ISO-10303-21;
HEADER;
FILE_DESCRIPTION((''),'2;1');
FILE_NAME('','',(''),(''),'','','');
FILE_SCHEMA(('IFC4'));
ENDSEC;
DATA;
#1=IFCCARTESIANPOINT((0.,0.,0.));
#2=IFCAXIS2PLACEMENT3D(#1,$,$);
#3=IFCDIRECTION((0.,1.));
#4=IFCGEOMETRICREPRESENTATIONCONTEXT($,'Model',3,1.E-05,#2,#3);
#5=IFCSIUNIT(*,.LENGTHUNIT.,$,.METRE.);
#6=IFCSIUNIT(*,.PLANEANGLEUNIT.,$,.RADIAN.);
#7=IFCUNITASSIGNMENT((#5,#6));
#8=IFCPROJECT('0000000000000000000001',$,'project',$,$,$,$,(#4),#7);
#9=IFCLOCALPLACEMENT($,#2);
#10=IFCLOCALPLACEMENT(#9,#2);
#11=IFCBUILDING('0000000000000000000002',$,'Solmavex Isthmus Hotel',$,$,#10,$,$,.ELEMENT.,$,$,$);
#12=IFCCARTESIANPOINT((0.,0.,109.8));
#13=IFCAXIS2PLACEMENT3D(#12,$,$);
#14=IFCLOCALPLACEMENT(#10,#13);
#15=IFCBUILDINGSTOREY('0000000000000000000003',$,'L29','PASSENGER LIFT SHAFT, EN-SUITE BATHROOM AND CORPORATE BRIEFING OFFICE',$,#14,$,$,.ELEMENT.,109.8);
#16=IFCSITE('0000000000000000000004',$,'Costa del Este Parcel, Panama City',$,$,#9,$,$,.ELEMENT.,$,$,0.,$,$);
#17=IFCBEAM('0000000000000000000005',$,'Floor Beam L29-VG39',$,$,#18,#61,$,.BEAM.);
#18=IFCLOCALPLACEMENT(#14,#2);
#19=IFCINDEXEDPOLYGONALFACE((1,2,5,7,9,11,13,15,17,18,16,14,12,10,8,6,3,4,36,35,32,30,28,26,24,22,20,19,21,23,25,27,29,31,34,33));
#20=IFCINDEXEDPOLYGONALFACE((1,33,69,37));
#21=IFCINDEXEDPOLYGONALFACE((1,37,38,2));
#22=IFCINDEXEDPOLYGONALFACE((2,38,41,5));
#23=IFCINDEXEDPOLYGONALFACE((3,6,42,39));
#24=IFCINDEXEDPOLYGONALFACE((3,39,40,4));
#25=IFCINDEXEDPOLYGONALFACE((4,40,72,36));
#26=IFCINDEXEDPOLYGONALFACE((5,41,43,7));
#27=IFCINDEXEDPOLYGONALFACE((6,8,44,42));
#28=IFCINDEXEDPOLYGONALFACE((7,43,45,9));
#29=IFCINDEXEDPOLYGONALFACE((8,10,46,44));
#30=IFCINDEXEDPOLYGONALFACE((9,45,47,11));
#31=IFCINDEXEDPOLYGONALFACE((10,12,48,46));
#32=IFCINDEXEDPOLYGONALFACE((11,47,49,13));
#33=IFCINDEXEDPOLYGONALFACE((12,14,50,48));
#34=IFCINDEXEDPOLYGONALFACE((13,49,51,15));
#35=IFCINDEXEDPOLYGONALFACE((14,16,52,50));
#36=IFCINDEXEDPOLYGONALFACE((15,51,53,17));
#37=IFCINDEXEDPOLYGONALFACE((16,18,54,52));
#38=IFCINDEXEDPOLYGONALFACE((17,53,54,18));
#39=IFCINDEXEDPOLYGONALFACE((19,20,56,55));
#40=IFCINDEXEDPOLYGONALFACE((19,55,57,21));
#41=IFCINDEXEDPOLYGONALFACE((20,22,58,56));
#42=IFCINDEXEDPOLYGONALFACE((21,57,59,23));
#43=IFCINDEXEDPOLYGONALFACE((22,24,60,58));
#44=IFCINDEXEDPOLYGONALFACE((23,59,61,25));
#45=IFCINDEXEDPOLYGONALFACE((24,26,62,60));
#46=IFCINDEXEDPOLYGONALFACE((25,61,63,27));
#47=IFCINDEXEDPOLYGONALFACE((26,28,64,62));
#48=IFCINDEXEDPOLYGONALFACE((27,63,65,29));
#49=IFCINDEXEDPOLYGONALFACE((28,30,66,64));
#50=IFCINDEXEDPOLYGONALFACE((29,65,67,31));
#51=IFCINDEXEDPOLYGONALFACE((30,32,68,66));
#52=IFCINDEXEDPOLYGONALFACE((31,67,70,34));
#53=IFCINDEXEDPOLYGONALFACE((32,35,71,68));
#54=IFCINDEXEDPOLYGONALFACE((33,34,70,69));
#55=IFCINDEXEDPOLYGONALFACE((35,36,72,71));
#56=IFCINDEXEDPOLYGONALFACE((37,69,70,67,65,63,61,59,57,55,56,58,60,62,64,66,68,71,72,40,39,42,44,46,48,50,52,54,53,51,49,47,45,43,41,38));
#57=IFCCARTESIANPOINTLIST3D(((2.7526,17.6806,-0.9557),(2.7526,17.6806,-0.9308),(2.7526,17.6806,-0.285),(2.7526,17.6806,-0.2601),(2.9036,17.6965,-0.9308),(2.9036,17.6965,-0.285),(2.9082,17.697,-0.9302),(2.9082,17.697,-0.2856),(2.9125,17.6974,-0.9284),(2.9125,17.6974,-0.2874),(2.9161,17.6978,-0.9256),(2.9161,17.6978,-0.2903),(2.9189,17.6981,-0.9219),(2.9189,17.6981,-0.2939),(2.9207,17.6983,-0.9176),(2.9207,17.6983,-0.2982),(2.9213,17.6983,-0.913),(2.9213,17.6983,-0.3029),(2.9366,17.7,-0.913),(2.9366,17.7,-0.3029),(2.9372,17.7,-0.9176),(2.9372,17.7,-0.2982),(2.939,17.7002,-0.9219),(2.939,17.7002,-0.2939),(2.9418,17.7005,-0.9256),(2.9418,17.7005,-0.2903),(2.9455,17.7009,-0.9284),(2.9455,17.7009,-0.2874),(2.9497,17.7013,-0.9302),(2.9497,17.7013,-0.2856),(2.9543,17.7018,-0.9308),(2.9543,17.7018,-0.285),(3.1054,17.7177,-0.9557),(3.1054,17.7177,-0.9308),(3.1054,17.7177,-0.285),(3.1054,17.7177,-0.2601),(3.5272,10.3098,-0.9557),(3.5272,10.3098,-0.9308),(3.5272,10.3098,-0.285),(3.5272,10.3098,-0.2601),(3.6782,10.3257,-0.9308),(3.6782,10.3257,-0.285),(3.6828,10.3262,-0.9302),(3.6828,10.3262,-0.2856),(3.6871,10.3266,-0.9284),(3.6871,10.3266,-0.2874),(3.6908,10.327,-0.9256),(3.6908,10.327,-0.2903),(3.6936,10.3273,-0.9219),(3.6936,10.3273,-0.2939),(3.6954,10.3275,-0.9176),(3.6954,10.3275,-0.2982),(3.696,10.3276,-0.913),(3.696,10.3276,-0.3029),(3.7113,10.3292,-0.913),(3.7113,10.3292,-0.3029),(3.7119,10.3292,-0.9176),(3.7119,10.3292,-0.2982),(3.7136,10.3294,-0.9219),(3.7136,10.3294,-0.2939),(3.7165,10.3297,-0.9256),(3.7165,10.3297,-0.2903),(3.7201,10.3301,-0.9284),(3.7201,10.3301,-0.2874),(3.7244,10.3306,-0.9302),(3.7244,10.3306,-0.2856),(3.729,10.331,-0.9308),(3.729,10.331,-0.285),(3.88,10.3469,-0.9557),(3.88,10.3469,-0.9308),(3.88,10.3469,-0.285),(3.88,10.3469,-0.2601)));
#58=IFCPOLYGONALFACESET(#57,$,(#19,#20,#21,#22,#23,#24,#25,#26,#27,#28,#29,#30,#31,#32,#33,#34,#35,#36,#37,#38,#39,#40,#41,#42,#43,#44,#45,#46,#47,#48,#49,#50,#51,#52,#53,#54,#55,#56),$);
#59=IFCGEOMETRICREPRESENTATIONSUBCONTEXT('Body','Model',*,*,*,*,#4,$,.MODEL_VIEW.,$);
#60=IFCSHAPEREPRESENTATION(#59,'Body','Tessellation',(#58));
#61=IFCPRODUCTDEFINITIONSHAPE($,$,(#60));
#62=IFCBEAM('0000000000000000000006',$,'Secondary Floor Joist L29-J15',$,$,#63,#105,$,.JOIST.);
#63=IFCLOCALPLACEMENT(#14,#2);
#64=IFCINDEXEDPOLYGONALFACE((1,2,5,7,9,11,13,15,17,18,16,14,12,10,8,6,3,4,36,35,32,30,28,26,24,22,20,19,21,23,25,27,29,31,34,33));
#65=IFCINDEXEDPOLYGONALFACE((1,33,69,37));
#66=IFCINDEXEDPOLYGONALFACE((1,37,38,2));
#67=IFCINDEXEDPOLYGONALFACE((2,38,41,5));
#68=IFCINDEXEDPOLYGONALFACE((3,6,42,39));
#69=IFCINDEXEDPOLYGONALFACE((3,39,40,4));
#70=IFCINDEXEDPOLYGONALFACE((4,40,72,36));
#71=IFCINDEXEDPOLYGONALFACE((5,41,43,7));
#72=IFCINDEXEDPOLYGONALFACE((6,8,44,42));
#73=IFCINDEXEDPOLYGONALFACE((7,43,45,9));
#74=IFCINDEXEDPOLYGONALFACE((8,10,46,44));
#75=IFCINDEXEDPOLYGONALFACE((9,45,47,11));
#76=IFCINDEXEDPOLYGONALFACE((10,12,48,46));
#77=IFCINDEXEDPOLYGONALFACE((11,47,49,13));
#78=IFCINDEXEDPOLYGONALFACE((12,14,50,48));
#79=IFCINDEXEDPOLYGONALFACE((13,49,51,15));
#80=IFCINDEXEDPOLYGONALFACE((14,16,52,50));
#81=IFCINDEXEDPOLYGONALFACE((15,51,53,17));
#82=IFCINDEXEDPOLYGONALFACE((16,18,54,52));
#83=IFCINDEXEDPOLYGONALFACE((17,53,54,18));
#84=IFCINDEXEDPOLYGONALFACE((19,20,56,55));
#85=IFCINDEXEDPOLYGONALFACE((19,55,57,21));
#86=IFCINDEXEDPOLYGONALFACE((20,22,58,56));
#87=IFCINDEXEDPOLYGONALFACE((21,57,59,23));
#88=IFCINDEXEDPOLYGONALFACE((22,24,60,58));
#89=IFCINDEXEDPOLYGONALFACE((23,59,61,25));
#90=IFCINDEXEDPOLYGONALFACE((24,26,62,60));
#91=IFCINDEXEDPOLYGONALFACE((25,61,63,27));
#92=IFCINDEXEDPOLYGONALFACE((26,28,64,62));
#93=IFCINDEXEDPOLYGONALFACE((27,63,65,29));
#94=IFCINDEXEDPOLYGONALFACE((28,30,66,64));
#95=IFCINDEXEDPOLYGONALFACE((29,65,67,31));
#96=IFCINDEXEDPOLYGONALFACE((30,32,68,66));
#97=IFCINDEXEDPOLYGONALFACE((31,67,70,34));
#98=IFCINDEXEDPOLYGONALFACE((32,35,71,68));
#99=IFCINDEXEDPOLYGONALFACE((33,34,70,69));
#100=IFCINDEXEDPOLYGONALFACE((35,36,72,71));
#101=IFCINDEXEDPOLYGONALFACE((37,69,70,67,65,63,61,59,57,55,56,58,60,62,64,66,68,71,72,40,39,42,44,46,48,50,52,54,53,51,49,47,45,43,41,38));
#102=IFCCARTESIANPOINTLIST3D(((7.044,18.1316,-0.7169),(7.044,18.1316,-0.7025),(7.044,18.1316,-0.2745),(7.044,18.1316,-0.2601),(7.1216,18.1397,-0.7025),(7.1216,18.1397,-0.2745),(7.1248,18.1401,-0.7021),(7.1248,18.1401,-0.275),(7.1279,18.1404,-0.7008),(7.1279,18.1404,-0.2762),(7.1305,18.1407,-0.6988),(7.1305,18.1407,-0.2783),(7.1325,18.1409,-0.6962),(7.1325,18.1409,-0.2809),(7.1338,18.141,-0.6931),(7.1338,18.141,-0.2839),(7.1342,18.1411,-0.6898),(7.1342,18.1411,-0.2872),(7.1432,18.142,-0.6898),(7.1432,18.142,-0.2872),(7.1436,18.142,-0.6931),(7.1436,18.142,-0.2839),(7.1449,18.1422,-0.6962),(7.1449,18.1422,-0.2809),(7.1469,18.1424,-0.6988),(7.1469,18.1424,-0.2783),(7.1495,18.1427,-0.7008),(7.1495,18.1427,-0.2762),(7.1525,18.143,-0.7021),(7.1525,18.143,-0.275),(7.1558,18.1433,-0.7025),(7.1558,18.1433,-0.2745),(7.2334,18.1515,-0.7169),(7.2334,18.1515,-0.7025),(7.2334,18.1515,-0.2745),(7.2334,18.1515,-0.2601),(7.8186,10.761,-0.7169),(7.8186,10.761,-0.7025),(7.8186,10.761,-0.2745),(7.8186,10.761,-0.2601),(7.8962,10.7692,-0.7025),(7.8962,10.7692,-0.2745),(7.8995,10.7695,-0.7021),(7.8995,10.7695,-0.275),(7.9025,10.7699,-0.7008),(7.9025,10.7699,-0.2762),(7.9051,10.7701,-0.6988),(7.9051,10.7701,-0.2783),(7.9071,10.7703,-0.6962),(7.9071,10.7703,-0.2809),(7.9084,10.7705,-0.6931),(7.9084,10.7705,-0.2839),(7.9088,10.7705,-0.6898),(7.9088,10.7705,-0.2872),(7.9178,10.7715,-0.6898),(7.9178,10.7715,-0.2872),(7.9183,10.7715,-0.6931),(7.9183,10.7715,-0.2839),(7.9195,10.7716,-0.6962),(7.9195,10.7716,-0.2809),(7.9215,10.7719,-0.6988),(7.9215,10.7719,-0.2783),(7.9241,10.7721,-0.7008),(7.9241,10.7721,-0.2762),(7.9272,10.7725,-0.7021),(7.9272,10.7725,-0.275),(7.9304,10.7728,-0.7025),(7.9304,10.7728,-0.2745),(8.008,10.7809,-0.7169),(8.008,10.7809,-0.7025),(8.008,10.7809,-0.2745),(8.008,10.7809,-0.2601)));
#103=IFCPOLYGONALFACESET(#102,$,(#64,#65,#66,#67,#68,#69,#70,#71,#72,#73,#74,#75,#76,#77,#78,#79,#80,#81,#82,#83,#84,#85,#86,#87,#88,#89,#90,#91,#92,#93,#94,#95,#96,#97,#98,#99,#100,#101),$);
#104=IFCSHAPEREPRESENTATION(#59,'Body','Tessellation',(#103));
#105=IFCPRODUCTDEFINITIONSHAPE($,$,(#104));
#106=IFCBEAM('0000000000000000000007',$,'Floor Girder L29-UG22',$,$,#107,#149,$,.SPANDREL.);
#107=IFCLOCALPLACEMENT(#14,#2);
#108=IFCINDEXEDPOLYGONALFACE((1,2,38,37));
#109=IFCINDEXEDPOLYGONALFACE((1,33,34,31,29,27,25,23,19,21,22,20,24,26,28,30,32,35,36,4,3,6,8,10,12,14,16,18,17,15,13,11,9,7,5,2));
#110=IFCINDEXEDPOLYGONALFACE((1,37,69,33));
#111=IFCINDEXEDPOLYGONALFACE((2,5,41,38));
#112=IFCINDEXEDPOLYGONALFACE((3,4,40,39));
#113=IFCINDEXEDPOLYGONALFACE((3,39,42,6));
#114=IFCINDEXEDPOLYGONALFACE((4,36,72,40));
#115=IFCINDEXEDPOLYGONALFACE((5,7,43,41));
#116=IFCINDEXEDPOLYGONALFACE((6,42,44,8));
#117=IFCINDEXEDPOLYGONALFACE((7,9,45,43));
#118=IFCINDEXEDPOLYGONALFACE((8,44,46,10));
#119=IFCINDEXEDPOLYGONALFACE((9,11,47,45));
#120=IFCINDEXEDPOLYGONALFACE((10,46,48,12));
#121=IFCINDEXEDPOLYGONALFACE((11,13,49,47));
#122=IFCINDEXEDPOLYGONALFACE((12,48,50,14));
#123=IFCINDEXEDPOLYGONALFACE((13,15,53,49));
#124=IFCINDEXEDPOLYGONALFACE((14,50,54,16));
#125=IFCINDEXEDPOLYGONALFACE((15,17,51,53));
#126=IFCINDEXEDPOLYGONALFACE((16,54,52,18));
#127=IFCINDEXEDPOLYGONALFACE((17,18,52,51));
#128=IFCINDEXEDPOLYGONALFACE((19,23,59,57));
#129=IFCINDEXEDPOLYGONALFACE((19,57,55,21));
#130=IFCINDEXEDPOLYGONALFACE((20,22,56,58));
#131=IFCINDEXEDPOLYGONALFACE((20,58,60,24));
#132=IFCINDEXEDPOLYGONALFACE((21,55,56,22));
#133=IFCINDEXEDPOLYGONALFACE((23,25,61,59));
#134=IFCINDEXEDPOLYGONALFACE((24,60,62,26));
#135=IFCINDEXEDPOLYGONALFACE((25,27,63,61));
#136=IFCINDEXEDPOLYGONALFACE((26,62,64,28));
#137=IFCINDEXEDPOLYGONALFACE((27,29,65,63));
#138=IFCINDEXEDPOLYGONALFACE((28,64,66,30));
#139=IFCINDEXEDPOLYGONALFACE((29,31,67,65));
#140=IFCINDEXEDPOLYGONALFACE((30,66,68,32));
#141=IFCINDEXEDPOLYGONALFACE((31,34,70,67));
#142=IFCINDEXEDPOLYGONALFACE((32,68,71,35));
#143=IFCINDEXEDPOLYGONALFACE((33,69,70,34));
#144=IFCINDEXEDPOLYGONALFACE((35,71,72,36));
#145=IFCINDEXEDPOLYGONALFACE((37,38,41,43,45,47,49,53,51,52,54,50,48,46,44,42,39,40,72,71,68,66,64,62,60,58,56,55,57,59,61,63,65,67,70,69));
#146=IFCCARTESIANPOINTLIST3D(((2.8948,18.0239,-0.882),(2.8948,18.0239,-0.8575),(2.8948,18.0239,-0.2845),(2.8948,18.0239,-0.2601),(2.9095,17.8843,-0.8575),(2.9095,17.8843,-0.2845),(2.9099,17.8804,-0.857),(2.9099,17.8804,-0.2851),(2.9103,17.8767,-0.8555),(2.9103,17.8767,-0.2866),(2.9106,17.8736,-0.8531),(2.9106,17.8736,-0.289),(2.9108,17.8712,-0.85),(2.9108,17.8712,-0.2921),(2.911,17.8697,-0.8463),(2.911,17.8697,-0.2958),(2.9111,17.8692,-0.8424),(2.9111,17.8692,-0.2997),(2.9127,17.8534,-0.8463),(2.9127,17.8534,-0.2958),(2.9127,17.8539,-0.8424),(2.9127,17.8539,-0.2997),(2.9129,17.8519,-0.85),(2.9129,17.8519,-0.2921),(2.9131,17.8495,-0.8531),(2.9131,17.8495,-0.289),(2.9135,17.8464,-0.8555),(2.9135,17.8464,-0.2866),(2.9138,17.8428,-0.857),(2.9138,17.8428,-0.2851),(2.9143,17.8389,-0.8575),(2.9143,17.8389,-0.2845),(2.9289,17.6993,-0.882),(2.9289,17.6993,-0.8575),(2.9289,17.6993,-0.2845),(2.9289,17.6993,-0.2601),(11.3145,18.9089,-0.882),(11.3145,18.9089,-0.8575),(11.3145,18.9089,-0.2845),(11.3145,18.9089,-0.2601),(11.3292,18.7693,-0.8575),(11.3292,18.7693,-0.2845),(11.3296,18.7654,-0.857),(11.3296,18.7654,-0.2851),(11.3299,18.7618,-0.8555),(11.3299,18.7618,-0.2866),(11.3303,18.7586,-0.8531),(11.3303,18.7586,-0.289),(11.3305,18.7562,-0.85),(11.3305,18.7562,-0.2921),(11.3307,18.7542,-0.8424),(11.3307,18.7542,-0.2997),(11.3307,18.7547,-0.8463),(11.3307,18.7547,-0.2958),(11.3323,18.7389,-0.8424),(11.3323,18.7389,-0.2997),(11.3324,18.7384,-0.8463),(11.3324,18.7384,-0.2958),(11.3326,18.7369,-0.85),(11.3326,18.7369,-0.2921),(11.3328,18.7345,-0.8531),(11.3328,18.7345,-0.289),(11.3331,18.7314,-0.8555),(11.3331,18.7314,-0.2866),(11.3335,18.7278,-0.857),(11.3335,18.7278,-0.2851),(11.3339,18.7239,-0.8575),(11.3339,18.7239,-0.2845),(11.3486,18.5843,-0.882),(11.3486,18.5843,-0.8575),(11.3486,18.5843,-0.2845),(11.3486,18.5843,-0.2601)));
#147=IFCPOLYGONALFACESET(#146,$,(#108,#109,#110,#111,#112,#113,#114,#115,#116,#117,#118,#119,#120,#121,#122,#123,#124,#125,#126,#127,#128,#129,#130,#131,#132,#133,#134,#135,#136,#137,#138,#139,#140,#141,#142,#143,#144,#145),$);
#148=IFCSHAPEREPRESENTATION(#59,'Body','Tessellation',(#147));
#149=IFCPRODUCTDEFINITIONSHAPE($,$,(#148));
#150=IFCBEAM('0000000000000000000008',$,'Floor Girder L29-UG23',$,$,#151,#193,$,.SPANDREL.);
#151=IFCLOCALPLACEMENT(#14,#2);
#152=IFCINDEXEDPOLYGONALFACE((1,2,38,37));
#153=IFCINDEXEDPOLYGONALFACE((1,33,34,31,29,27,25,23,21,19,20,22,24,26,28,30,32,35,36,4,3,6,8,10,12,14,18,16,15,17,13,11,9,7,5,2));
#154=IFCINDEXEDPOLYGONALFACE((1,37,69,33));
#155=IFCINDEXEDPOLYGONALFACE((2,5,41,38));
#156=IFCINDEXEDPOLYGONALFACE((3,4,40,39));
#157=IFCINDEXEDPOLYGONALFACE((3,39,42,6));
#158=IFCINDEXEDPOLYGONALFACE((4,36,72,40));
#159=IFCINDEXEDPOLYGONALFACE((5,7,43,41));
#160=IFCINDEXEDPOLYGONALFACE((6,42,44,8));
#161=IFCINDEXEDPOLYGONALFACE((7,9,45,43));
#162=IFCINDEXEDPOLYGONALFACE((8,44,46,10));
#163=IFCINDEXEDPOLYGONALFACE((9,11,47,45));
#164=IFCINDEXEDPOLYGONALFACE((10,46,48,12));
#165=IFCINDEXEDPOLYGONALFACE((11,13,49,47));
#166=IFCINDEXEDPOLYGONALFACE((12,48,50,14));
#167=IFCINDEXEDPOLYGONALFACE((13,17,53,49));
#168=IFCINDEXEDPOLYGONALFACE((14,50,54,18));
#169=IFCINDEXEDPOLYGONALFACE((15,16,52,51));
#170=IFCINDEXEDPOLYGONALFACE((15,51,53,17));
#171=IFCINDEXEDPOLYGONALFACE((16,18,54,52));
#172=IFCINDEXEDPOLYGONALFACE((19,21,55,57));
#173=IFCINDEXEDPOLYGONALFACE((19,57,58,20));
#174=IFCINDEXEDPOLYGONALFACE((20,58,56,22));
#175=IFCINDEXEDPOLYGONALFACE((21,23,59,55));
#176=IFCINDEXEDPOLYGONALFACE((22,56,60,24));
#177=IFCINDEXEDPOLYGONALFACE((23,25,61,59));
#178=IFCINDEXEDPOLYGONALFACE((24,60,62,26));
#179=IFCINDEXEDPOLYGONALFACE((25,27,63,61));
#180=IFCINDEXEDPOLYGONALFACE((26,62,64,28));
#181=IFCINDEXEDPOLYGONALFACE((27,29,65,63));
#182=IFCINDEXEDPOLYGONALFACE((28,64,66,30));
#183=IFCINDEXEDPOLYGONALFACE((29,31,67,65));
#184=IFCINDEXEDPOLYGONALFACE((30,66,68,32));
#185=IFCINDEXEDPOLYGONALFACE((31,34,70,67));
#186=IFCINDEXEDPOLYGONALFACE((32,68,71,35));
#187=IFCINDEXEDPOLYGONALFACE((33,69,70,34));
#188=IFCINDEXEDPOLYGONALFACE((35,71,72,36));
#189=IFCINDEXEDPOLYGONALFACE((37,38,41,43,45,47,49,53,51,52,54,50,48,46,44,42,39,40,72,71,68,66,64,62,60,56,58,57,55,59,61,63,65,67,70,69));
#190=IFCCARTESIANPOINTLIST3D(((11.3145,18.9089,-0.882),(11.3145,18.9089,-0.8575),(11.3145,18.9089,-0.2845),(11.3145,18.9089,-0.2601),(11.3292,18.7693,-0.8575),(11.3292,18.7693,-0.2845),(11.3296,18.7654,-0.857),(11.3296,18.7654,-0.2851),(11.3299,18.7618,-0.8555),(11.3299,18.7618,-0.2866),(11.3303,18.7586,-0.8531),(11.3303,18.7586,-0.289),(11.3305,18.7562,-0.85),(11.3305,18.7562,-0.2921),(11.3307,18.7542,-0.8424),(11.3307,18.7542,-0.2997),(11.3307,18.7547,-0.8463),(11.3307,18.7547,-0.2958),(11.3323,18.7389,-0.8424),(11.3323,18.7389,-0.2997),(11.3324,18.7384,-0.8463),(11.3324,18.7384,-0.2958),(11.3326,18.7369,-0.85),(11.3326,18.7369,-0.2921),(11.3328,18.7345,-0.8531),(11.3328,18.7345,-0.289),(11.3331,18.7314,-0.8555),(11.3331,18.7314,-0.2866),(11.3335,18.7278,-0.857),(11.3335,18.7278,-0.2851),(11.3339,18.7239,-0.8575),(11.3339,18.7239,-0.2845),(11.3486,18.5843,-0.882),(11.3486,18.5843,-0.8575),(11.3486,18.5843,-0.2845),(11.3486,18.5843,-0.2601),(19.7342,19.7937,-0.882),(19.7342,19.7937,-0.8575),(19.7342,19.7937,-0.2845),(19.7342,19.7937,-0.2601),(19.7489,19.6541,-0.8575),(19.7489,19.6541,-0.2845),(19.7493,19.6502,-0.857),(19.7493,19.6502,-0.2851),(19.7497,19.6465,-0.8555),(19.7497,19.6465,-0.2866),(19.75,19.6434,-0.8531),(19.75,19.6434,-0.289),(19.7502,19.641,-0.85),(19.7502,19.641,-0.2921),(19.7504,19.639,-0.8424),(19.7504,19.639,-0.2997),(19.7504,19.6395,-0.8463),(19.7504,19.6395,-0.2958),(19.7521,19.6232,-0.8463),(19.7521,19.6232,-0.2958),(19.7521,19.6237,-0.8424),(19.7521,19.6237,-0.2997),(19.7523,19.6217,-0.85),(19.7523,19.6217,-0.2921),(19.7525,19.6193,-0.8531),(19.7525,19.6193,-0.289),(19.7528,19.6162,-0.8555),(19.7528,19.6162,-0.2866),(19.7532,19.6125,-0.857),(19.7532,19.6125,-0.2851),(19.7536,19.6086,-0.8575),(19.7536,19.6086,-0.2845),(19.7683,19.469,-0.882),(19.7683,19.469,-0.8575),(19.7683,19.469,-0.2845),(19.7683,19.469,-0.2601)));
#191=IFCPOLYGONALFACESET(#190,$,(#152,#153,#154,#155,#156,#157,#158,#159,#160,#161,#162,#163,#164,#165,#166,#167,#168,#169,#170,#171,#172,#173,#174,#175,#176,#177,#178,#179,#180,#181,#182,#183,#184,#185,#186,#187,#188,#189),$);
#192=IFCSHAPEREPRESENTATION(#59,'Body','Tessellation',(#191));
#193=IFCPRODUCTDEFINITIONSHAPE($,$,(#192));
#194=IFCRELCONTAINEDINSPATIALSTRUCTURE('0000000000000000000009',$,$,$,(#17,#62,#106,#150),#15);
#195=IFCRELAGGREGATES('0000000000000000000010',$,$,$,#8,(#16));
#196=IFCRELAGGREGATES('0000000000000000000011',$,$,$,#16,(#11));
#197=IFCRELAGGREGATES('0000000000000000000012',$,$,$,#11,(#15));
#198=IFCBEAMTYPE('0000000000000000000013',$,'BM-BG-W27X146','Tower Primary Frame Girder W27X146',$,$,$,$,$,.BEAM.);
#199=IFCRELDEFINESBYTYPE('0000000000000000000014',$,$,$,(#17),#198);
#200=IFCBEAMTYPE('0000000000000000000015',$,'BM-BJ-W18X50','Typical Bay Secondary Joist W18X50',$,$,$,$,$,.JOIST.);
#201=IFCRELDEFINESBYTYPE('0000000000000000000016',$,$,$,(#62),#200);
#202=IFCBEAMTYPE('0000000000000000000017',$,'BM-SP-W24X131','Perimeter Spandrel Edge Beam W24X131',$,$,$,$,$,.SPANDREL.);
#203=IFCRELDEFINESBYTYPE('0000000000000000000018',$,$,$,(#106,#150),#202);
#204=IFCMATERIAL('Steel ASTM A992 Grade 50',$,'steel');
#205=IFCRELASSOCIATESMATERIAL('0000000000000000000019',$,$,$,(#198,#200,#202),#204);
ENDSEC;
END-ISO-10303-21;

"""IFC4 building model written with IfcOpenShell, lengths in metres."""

from ifc_helpers import new_model, si_unit, direction, frame, origin, origin_2d, place, context, subcontext, project, spatial, i_section, extrude, material, material_profile, profile_set, type_object, element, save


model = new_model("IFC4")

# Units and contexts
model_context = context("Model", 3, precision=1e-05, world=origin(), true_north=direction((0.0, 1.0)))
body_context = subcontext(model_context, "Body", "Model", "MODEL_VIEW")
ifc_project = project(units=[si_unit("LENGTHUNIT", "METRE"), si_unit("PLANEANGLEUNIT", "RADIAN")], contexts=[model_context])

# Site, building, storey
site_placement = place(None, origin())
site = spatial("IfcSite", under=ifc_project, at=site_placement, Name="Costa del Este Parcel, Panama City", CompositionType="ELEMENT", RefElevation=0.0)
building_placement = place(site_placement, origin())
building = spatial("IfcBuilding", under=site, at=building_placement, Name="Solmavex Isthmus Hotel", CompositionType="ELEMENT")
storey_placement = place(building_placement, frame((0.0, 0.0, 109.8)))
storey = spatial("IfcBuildingStorey", under=building, at=storey_placement, Name="L29", Description="PASSENGER LIFT SHAFT, EN-SUITE BATHROOM AND CORPORATE BRIEFING OFFICE", CompositionType="ELEMENT", Elevation=109.8)

# Beams
ifc_material_1 = material(Name="Steel ASTM A992 Grade 50", Category="steel")
ifc_material_profile_1 = material_profile(ifc_material_1, i_section(OverallWidth=0.3547, OverallDepth=0.6956, WebThickness=0.0154, FlangeThickness=0.0249, FilletRadius=0.0178, at=origin_2d()), Name="W27X146")
ifc_profile_set_1 = profile_set([ifc_material_profile_1], Name="Steel ASTM A992 Grade 50")
beam_type_1 = type_object("IfcBeamType", Name="BM-BG-W27X146", Description="Tower Primary Frame Girder W27X146", PredefinedType="BEAM", material=ifc_profile_set_1)
beam_1_placement = place(storey_placement, frame((3.7036, 10.3284, -0.6079), z_axis=(-0.104522, 0.994523, 0.0), x_axis=(-0.994523, -0.104522, 0.0)))
element("IfcBeam", 1, at=beam_1_placement, inside=storey, type_object=beam_type_1, Name="Floor Beam L29-VG39", PredefinedType="BEAM", context=body_context, shape_type="SweptSolid", body=[
    extrude(i_section(OverallWidth=0.3547, OverallDepth=0.6956, WebThickness=0.0154, FlangeThickness=0.0249, FilletRadius=0.0178, at=origin_2d()), origin(), (0.0, 0.0, 1.0), 7.4114),
])
ifc_material_profile_2 = material_profile(ifc_material_1, i_section(OverallWidth=0.1904, OverallDepth=0.4568, WebThickness=0.009, FlangeThickness=0.0144, FilletRadius=0.0127, at=origin_2d()), Name="W18X50")
ifc_profile_set_2 = profile_set([ifc_material_profile_2], Name="Steel ASTM A992 Grade 50")
beam_type_2 = type_object("IfcBeamType", Name="BM-BJ-W18X50", Description="Typical Bay Secondary Joist W18X50", PredefinedType="JOIST", material=ifc_profile_set_2)
beam_2_placement = place(storey_placement, frame((7.9133, 10.771, -0.4885), z_axis=(-0.104525, 0.994522, 0.0), x_axis=(-0.994522, -0.104525, 0.0)))
element("IfcBeam", 2, at=beam_2_placement, inside=storey, type_object=beam_type_2, Name="Secondary Floor Joist L29-J15", PredefinedType="JOIST", context=body_context, shape_type="SweptSolid", body=[
    extrude(i_section(OverallWidth=0.1904, OverallDepth=0.4568, WebThickness=0.009, FlangeThickness=0.0144, FilletRadius=0.0127, at=origin_2d()), origin(), (0.0, 0.0, 1.0), 7.4111),
])
ifc_material_profile_3 = material_profile(ifc_material_1, i_section(OverallWidth=0.3264, OverallDepth=0.6218, WebThickness=0.0154, FlangeThickness=0.0244, FilletRadius=0.0151, at=origin_2d()), Name="W24X131")
ifc_profile_set_3 = profile_set([ifc_material_profile_3], Name="Steel ASTM A992 Grade 50")
beam_type_3 = type_object("IfcBeamType", Name="BM-SP-W24X131", Description="Perimeter Spandrel Edge Beam W24X131", PredefinedType="SPANDREL", material=ifc_profile_set_3)
for number, where, z_axis, x_axis, name in (
    (3, (2.9119, 17.8616, -0.571), (0.994521, 0.104536, 0.0), (-0.104536, 0.994521, 0.0), "Floor Girder L29-UG22"),
    (4, (11.3315, 18.7466, -0.571), (0.994524, 0.104508, 0.0), (-0.104508, 0.994524, 0.0), "Floor Girder L29-UG23"),
):
    element("IfcBeam", number, at=place(storey_placement, frame(where, z_axis=z_axis, x_axis=x_axis)), inside=storey, type_object=beam_type_3, Name=name, PredefinedType="SPANDREL", context=body_context, shape_type="SweptSolid", body=[
        extrude(i_section(OverallWidth=0.3264, OverallDepth=0.6218, WebThickness=0.0154, FlangeThickness=0.0244, FilletRadius=0.0151, at=origin_2d()), origin(), (0.0, 0.0, 1.0), 8.4661),
    ])

save(model, "model.ifc")
